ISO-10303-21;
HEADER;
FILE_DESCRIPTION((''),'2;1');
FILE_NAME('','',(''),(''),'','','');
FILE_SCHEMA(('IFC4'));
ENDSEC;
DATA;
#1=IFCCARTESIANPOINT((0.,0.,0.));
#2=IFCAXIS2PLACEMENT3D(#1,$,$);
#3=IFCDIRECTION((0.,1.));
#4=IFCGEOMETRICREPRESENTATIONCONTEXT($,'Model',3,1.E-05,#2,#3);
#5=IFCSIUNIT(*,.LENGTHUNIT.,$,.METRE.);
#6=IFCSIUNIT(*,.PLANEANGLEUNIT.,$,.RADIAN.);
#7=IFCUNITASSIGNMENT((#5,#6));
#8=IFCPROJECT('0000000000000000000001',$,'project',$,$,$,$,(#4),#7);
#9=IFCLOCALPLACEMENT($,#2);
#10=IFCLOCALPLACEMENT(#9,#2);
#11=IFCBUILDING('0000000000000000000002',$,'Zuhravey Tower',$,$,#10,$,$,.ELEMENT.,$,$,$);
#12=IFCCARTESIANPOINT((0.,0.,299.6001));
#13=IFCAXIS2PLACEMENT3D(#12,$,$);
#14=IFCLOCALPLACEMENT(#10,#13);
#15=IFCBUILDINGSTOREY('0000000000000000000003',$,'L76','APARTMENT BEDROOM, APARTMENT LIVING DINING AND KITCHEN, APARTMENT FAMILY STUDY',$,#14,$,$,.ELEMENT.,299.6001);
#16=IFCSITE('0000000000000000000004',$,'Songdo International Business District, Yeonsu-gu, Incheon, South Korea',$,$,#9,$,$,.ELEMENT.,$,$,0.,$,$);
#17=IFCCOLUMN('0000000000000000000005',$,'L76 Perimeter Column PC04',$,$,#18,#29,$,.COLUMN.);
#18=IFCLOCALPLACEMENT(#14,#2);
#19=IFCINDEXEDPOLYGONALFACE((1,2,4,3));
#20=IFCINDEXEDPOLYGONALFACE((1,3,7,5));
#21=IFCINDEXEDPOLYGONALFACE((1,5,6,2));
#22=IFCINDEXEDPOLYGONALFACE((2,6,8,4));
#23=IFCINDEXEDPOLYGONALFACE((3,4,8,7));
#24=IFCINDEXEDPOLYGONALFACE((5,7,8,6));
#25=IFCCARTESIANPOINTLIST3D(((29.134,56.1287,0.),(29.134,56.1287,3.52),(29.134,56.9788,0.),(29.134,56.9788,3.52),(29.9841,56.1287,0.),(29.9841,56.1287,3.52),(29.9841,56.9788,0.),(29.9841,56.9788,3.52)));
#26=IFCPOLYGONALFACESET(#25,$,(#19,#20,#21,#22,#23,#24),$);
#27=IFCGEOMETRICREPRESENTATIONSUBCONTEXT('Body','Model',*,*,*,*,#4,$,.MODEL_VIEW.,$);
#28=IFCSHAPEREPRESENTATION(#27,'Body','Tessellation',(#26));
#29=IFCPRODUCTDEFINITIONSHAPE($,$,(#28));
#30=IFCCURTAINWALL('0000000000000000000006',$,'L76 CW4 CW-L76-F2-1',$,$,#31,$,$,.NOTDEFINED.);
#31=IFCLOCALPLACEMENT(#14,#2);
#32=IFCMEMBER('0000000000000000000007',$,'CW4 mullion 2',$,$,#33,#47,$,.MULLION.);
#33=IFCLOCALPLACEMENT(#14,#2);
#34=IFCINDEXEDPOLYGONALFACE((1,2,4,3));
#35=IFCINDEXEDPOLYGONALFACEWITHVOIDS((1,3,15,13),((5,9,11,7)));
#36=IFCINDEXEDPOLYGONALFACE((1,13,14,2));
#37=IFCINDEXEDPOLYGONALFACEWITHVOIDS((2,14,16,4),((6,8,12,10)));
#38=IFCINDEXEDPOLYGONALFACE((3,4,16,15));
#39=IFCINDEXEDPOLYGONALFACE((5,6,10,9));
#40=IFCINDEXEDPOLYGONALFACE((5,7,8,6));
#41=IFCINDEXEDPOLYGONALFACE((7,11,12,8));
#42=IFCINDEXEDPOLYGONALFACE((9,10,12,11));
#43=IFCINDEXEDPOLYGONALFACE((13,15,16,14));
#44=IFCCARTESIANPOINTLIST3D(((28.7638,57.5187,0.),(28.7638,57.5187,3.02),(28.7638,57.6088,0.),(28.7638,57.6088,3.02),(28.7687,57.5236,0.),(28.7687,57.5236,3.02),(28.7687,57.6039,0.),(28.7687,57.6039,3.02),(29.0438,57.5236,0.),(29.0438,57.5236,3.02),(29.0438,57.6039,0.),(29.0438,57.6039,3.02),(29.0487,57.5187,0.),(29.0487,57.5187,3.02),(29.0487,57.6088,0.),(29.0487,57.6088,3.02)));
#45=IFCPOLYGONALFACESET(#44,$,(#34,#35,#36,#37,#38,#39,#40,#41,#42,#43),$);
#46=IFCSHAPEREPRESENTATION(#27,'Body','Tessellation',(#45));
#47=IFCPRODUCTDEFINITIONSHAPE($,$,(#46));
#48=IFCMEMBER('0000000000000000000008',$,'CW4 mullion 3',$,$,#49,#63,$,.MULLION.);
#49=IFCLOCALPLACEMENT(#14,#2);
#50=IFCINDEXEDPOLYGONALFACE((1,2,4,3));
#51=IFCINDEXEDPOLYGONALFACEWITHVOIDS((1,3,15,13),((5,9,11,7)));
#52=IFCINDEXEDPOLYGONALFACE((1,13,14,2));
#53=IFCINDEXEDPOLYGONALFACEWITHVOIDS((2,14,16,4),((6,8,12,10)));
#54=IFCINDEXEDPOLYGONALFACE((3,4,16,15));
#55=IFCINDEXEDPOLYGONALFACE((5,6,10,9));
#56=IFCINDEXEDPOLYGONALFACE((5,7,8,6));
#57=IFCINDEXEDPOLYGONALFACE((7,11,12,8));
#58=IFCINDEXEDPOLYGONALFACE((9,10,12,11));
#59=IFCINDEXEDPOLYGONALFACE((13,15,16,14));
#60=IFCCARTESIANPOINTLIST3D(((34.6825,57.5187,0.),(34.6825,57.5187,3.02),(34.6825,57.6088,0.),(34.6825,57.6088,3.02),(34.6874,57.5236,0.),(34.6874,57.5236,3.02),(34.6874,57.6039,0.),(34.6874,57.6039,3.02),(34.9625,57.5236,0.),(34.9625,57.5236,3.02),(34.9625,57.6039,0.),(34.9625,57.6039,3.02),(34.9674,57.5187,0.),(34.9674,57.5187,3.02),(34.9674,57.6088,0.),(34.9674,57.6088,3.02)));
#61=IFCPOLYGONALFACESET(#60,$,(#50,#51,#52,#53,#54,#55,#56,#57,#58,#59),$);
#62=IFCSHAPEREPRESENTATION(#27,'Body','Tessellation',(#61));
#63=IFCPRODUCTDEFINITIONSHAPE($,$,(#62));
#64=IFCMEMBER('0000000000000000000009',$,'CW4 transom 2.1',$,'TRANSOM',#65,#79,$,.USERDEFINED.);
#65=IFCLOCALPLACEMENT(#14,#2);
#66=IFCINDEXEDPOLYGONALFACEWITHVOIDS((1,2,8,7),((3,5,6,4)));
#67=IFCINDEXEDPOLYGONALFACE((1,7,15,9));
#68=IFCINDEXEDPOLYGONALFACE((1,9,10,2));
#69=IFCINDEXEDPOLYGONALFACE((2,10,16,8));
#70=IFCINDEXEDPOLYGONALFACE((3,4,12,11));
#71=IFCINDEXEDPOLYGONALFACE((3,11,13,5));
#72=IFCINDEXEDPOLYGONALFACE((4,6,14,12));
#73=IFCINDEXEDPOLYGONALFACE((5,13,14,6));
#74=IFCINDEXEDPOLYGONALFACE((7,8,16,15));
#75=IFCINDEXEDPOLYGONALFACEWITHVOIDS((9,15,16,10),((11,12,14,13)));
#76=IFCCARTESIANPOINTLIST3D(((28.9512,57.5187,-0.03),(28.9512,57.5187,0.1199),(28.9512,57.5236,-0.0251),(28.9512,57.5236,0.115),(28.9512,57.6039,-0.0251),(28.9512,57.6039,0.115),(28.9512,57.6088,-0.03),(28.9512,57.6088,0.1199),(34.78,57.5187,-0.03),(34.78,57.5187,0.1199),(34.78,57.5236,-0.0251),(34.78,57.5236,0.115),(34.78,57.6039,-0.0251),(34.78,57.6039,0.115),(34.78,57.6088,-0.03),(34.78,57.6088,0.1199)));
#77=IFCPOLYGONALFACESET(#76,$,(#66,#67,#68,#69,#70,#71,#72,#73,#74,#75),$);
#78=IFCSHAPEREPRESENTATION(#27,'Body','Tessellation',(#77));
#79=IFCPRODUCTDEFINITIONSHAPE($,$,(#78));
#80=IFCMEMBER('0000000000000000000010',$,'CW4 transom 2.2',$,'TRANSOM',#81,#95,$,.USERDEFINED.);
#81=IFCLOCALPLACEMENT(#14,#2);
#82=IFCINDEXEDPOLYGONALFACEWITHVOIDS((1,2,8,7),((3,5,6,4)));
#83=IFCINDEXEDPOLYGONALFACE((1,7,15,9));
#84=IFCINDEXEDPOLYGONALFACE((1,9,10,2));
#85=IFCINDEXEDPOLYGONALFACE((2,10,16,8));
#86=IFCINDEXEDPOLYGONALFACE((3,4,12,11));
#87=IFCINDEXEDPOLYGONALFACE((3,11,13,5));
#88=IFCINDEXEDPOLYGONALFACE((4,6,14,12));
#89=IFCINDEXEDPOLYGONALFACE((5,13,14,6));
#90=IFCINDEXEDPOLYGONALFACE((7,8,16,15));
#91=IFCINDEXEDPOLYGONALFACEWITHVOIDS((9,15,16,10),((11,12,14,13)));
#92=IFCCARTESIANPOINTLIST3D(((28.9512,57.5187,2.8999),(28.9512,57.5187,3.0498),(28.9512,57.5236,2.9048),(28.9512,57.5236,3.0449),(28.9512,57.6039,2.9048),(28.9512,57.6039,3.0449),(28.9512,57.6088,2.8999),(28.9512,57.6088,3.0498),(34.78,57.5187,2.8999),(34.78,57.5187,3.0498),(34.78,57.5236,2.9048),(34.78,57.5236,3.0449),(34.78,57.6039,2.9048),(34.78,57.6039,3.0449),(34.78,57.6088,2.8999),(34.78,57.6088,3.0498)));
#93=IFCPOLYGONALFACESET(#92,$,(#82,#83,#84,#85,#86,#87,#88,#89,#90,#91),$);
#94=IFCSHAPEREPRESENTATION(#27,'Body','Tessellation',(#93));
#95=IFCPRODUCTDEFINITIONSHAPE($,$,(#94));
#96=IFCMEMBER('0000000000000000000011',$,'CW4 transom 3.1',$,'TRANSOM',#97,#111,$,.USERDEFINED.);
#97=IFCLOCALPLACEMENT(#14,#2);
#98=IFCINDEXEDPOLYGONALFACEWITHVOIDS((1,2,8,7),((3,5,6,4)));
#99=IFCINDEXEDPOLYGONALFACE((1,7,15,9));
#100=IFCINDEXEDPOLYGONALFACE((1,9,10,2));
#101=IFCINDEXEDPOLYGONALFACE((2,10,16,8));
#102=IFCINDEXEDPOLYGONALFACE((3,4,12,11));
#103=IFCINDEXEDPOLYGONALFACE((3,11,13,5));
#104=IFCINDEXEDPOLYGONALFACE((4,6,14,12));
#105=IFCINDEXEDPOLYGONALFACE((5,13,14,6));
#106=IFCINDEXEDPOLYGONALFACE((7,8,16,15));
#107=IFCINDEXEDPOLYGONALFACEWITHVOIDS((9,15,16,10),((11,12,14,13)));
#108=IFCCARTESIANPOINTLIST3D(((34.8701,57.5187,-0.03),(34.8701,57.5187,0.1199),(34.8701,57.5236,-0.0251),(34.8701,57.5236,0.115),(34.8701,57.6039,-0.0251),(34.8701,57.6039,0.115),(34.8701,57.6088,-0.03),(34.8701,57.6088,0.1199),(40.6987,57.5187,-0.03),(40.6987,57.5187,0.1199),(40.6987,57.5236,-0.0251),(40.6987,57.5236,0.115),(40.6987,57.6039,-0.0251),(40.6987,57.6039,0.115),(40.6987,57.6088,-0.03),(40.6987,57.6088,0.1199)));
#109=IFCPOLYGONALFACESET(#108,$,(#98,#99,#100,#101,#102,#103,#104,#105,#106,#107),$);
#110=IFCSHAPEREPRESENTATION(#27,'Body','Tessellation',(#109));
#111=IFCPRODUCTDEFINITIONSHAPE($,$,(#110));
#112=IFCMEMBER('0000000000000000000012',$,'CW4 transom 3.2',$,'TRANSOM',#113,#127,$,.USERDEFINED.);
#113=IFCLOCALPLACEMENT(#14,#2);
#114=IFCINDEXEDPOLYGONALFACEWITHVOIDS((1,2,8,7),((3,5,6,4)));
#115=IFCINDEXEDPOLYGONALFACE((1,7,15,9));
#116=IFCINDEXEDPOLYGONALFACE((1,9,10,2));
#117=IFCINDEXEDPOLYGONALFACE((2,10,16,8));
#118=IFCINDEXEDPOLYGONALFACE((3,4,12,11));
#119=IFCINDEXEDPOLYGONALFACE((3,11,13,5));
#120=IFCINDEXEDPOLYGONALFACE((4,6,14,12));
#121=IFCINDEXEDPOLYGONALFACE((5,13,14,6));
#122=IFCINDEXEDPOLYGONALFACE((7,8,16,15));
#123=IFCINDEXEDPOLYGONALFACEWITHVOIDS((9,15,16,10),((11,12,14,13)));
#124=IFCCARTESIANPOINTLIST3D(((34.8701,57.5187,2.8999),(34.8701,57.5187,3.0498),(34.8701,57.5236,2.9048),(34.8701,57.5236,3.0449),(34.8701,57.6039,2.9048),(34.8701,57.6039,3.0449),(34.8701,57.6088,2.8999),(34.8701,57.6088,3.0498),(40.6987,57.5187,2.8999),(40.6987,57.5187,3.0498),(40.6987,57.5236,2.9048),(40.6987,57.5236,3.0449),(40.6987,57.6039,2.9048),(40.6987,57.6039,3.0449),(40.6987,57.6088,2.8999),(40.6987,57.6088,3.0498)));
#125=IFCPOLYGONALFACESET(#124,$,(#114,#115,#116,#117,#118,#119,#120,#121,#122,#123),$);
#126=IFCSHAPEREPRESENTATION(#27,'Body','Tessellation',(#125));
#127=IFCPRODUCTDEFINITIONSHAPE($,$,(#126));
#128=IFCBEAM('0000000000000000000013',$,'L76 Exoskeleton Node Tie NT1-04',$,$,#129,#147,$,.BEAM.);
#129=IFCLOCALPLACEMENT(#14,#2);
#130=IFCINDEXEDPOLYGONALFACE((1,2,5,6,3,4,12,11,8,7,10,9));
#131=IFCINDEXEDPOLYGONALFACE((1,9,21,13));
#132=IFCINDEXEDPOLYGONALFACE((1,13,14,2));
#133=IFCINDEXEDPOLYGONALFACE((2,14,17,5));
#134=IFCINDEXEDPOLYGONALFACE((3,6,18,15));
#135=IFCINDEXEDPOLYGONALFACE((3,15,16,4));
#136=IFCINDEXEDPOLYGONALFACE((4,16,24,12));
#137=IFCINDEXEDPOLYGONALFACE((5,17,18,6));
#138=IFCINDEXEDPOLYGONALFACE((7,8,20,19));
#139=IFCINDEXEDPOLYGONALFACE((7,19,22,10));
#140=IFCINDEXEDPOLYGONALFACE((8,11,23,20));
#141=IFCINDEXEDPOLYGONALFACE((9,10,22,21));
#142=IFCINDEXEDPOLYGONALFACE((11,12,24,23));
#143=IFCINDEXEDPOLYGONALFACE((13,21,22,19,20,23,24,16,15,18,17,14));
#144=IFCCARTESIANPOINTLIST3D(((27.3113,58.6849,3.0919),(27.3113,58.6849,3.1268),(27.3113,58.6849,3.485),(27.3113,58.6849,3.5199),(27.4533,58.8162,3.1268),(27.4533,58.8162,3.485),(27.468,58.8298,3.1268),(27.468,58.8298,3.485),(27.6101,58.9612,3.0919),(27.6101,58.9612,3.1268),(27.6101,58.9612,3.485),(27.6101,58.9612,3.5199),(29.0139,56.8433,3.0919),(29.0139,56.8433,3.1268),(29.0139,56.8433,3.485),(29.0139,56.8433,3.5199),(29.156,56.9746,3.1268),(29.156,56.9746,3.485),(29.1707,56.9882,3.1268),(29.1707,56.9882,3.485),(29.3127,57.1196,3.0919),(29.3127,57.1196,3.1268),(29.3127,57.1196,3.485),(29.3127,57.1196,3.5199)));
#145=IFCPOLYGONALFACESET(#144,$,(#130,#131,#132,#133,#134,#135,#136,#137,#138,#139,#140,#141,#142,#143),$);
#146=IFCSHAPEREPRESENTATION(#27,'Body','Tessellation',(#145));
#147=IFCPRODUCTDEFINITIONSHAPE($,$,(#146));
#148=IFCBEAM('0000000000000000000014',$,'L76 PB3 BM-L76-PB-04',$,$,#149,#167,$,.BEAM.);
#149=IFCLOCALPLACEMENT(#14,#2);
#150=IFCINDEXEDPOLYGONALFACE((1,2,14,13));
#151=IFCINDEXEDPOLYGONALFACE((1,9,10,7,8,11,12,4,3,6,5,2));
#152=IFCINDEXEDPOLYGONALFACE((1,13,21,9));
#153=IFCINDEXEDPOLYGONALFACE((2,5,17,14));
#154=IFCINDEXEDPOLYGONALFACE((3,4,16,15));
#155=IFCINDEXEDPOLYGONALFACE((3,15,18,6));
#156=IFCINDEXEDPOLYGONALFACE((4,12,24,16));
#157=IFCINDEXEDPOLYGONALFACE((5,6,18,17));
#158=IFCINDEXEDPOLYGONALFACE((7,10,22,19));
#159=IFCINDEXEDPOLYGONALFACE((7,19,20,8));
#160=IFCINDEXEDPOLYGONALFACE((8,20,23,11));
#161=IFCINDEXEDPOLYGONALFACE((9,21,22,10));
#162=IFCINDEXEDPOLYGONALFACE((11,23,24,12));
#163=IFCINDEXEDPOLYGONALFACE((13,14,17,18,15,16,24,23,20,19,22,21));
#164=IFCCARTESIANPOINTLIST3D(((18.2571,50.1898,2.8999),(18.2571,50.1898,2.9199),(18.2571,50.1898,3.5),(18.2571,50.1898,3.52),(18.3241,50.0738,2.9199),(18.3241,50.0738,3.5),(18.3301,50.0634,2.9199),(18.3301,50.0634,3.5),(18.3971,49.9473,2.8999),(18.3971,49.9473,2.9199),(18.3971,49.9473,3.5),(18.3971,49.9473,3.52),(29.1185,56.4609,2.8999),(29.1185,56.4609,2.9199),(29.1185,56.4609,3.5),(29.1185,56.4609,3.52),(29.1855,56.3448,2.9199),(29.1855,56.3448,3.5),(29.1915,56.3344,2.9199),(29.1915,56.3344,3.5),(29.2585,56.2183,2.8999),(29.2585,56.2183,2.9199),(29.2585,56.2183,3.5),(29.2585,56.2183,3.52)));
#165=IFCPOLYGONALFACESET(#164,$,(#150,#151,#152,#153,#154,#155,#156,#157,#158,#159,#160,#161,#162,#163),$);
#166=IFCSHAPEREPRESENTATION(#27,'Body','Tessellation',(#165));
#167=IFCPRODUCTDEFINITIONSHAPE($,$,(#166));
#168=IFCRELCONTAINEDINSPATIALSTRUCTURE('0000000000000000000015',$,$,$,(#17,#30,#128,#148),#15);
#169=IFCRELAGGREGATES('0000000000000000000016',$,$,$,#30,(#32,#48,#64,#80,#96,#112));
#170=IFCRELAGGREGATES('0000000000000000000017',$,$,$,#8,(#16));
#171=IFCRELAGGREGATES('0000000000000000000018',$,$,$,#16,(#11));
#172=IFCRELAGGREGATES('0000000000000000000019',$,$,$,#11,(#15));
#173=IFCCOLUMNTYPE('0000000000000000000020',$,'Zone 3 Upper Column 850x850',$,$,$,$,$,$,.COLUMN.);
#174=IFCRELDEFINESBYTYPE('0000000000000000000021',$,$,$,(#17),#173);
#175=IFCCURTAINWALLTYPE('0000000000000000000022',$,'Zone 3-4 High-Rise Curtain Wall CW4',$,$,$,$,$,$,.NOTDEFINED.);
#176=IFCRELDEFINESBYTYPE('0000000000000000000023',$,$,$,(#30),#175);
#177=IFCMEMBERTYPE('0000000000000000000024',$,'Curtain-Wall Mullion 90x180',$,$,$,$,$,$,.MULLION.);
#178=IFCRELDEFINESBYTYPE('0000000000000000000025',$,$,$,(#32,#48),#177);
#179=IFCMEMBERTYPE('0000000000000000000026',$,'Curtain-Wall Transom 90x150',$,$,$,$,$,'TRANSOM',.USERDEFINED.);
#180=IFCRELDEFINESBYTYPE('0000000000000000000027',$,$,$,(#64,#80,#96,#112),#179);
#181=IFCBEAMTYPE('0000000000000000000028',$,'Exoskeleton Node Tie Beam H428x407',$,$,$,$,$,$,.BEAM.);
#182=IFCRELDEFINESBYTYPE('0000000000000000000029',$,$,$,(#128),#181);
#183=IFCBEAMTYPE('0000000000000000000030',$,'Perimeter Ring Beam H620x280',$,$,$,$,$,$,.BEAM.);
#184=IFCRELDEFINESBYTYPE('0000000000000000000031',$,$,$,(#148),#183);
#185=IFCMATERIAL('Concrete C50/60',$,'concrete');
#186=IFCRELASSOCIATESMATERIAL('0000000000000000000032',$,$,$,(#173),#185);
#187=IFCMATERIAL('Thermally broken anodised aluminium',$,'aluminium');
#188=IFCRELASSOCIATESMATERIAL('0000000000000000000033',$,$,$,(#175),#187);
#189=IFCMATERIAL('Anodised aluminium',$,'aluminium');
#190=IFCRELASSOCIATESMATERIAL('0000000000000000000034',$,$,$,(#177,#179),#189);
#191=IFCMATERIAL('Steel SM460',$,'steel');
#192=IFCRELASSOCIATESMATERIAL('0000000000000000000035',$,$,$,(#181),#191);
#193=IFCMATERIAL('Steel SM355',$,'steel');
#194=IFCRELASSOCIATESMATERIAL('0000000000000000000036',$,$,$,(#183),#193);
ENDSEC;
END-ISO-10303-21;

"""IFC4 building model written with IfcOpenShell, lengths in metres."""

from ifc_helpers import new_model, si_unit, direction, frame, origin, origin_2d, place, context, subcontext, project, spatial, rectangle, hollow_rectangle, i_section, extrude, material, material_profile, profile_set, type_object, element, aggregate, save


model = new_model("IFC4")

# Units and contexts
model_context = context("Model", 3, precision=1e-05, world=origin(), true_north=direction((0.0, 1.0)))
body_context = subcontext(model_context, "Body", "Model", "MODEL_VIEW")
ifc_project = project(units=[si_unit("LENGTHUNIT", "METRE"), si_unit("PLANEANGLEUNIT", "RADIAN")], contexts=[model_context])

# Site, building, storey
site_placement = place(None, origin())
site = spatial("IfcSite", under=ifc_project, at=site_placement, Name="Songdo International Business District, Yeonsu-gu, Incheon, South Korea", CompositionType="ELEMENT", RefElevation=0.0)
building_placement = place(site_placement, origin())
building = spatial("IfcBuilding", under=site, at=building_placement, Name="Zuhravey Tower", CompositionType="ELEMENT")
storey_placement = place(building_placement, frame((0.0, 0.0, 299.6001)))
storey = spatial("IfcBuildingStorey", under=building, at=storey_placement, Name="L76", Description="APARTMENT BEDROOM, APARTMENT LIVING DINING AND KITCHEN, APARTMENT FAMILY STUDY", CompositionType="ELEMENT", Elevation=299.6001)

# Column
ifc_material_1 = material(Name="Concrete C50/60", Category="concrete")
ifc_material_profile_1 = material_profile(ifc_material_1, rectangle(XDim=0.8501, YDim=0.8501, at=origin_2d()), Name="RC-850x850")
ifc_profile_set_1 = profile_set([ifc_material_profile_1], Name="Concrete C50/60")
column_type = type_object("IfcColumnType", Name="Zone 3 Upper Column 850x850", PredefinedType="COLUMN", material=ifc_profile_set_1)
column_placement = place(storey_placement, frame((29.5591, 56.5537, 0.0), z_axis=(0.0, 0.0, 1.0), x_axis=(-1.0, 0.0, 0.0)))
element("IfcColumn", 1, at=column_placement, inside=storey, type_object=column_type, Name="L76 Perimeter Column PC04", PredefinedType="COLUMN", context=body_context, shape_type="SweptSolid", body=[
    extrude(rectangle(XDim=0.8501, YDim=0.8501, at=origin_2d()), origin(), (0.0, 0.0, 1.0), 3.52),
])

# Curtain wall, members
ifc_material_2 = material(Name="Thermally broken anodised aluminium", Category="aluminium")
curtain_wall_type = type_object("IfcCurtainWallType", Name="Zone 3-4 High-Rise Curtain Wall CW4", PredefinedType="NOTDEFINED", material=ifc_material_2)
curtain_wall_placement = place(storey_placement, origin())
curtain_wall = element("IfcCurtainWall", 2, at=curtain_wall_placement, inside=storey, type_object=curtain_wall_type, Name="L76 CW4 CW-L76-F2-1", PredefinedType="NOTDEFINED")
ifc_material_3 = material(Name="Anodised aluminium", Category="aluminium")
ifc_material_profile_2 = material_profile(ifc_material_3, hollow_rectangle(XDim=0.0901, YDim=0.2849, WallThickness=0.0049, at=origin_2d()), Name="ALU-RHS-90x285x5")
ifc_profile_set_2 = profile_set([ifc_material_profile_2], Name="Anodised aluminium")
member_type_1 = type_object("IfcMemberType", Name="Curtain-Wall Mullion 90x180", PredefinedType="MULLION", material=ifc_profile_set_2)
member_1_placement = place(storey_placement, frame((28.9062, 57.5637, 0.0), z_axis=(0.0, 0.0, 1.0), x_axis=(0.0, 1.0, 0.0)))
member_1 = element("IfcMember", 3, at=member_1_placement, type_object=member_type_1, Name="CW4 mullion 2", PredefinedType="MULLION", context=body_context, shape_type="SweptSolid", body=[
    extrude(hollow_rectangle(XDim=0.0901, YDim=0.2849, WallThickness=0.0049, at=origin_2d()), origin(), (0.0, 0.0, 1.0), 3.02),
])
member_2_placement = place(storey_placement, frame((34.825, 57.5637, 0.0), z_axis=(0.0, 0.0, 1.0), x_axis=(0.0, 1.0, 0.0)))
member_2 = element("IfcMember", 4, at=member_2_placement, type_object=member_type_1, Name="CW4 mullion 3", PredefinedType="MULLION", context=body_context, shape_type="SweptSolid", body=[
    extrude(hollow_rectangle(XDim=0.0901, YDim=0.2849, WallThickness=0.0049, at=origin_2d()), origin(), (0.0, 0.0, 1.0), 3.02),
])
ifc_material_profile_3 = material_profile(ifc_material_3, hollow_rectangle(XDim=0.0901, YDim=0.1499, WallThickness=0.0049, at=origin_2d()), Name="ALU-RHS-90x150x5")
ifc_profile_set_3 = profile_set([ifc_material_profile_3], Name="Anodised aluminium")
member_type_2 = type_object("IfcMemberType", Name="Curtain-Wall Transom 90x150", ElementType="TRANSOM", PredefinedType="USERDEFINED", material=ifc_profile_set_3)
member_3_placement = place(storey_placement, frame((28.9512, 57.5637, 0.0449), z_axis=(1.0, 0.0, 0.0), x_axis=(0.0, 1.0, 0.0)))
member_3 = element("IfcMember", 5, at=member_3_placement, type_object=member_type_2, Name="CW4 transom 2.1", ObjectType="TRANSOM", PredefinedType="USERDEFINED", context=body_context, shape_type="SweptSolid", body=[
    extrude(hollow_rectangle(XDim=0.0901, YDim=0.1499, WallThickness=0.0049, at=origin_2d()), origin(), (0.0, 0.0, 1.0), 5.8289),
])
member_4_placement = place(storey_placement, frame((28.9512, 57.5637, 2.9749), z_axis=(1.0, 0.0, 0.0), x_axis=(0.0, 1.0, 0.0)))
member_4 = element("IfcMember", 6, at=member_4_placement, type_object=member_type_2, Name="CW4 transom 2.2", ObjectType="TRANSOM", PredefinedType="USERDEFINED", context=body_context, shape_type="SweptSolid", body=[
    extrude(hollow_rectangle(XDim=0.0901, YDim=0.1499, WallThickness=0.0049, at=origin_2d()), origin(), (0.0, 0.0, 1.0), 5.8289),
])
member_5_placement = place(storey_placement, frame((34.8701, 57.5637, 0.0449), z_axis=(1.0, 0.0, 0.0), x_axis=(0.0, 1.0, 0.0)))
member_5 = element("IfcMember", 7, at=member_5_placement, type_object=member_type_2, Name="CW4 transom 3.1", ObjectType="TRANSOM", PredefinedType="USERDEFINED", context=body_context, shape_type="SweptSolid", body=[
    extrude(hollow_rectangle(XDim=0.0901, YDim=0.1499, WallThickness=0.0049, at=origin_2d()), origin(), (0.0, 0.0, 1.0), 5.8286),
])
member_6_placement = place(storey_placement, frame((34.8701, 57.5637, 2.9749), z_axis=(1.0, 0.0, 0.0), x_axis=(0.0, 1.0, 0.0)))
member_6 = element("IfcMember", 8, at=member_6_placement, type_object=member_type_2, Name="CW4 transom 3.2", ObjectType="TRANSOM", PredefinedType="USERDEFINED", context=body_context, shape_type="SweptSolid", body=[
    extrude(hollow_rectangle(XDim=0.0901, YDim=0.1499, WallThickness=0.0049, at=origin_2d()), origin(), (0.0, 0.0, 1.0), 5.8286),
])

# Beams
ifc_material_4 = material(Name="Steel SM460", Category="steel")
ifc_material_profile_4 = material_profile(ifc_material_4, i_section(OverallWidth=0.407, OverallDepth=0.428, WebThickness=0.02, FlangeThickness=0.0349, at=origin_2d()), Name="H-428x407x20x35")
ifc_profile_set_4 = profile_set([ifc_material_profile_4], Name="Steel SM460")
beam_type_1 = type_object("IfcBeamType", Name="Exoskeleton Node Tie Beam H428x407", PredefinedType="BEAM", material=ifc_profile_set_4)
beam_1_placement = place(storey_placement, frame((29.1633, 56.9814, 3.3059), z_axis=(-0.67887, 0.734258, 0.0), x_axis=(-0.734258, -0.67887, 0.0)))
element("IfcBeam", 9, at=beam_1_placement, inside=storey, type_object=beam_type_1, Name="L76 Exoskeleton Node Tie NT1-04", PredefinedType="BEAM", context=body_context, shape_type="SweptSolid", body=[
    extrude(i_section(OverallWidth=0.407, OverallDepth=0.428, WebThickness=0.02, FlangeThickness=0.0349, at=origin_2d()), origin(), (0.0, 0.0, 1.0), 2.5081),
])
ifc_material_5 = material(Name="Steel SM355", Category="steel")
ifc_material_profile_5 = material_profile(ifc_material_5, i_section(OverallWidth=0.28, OverallDepth=0.6201, WebThickness=0.012, FlangeThickness=0.02, at=origin_2d()), Name="H-620x280x12x20")
ifc_profile_set_5 = profile_set([ifc_material_profile_5], Name="Steel SM355")
beam_type_2 = type_object("IfcBeamType", Name="Perimeter Ring Beam H620x280", PredefinedType="BEAM", material=ifc_profile_set_5)
beam_2_placement = place(storey_placement, frame((29.1885, 56.3396, 3.21), z_axis=(-0.866018, -0.500012, 0.0), x_axis=(0.500012, -0.866018, 0.0)))
element("IfcBeam", 10, at=beam_2_placement, inside=storey, type_object=beam_type_2, Name="L76 PB3 BM-L76-PB-04", PredefinedType="BEAM", context=body_context, shape_type="SweptSolid", body=[
    extrude(i_section(OverallWidth=0.28, OverallDepth=0.6201, WebThickness=0.012, FlangeThickness=0.02, at=origin_2d()), origin(), (0.0, 0.0, 1.0), 12.5417),
])

aggregate(curtain_wall, [member_1, member_2, member_3, member_4, member_5, member_6])

save(model, "model.ifc")
